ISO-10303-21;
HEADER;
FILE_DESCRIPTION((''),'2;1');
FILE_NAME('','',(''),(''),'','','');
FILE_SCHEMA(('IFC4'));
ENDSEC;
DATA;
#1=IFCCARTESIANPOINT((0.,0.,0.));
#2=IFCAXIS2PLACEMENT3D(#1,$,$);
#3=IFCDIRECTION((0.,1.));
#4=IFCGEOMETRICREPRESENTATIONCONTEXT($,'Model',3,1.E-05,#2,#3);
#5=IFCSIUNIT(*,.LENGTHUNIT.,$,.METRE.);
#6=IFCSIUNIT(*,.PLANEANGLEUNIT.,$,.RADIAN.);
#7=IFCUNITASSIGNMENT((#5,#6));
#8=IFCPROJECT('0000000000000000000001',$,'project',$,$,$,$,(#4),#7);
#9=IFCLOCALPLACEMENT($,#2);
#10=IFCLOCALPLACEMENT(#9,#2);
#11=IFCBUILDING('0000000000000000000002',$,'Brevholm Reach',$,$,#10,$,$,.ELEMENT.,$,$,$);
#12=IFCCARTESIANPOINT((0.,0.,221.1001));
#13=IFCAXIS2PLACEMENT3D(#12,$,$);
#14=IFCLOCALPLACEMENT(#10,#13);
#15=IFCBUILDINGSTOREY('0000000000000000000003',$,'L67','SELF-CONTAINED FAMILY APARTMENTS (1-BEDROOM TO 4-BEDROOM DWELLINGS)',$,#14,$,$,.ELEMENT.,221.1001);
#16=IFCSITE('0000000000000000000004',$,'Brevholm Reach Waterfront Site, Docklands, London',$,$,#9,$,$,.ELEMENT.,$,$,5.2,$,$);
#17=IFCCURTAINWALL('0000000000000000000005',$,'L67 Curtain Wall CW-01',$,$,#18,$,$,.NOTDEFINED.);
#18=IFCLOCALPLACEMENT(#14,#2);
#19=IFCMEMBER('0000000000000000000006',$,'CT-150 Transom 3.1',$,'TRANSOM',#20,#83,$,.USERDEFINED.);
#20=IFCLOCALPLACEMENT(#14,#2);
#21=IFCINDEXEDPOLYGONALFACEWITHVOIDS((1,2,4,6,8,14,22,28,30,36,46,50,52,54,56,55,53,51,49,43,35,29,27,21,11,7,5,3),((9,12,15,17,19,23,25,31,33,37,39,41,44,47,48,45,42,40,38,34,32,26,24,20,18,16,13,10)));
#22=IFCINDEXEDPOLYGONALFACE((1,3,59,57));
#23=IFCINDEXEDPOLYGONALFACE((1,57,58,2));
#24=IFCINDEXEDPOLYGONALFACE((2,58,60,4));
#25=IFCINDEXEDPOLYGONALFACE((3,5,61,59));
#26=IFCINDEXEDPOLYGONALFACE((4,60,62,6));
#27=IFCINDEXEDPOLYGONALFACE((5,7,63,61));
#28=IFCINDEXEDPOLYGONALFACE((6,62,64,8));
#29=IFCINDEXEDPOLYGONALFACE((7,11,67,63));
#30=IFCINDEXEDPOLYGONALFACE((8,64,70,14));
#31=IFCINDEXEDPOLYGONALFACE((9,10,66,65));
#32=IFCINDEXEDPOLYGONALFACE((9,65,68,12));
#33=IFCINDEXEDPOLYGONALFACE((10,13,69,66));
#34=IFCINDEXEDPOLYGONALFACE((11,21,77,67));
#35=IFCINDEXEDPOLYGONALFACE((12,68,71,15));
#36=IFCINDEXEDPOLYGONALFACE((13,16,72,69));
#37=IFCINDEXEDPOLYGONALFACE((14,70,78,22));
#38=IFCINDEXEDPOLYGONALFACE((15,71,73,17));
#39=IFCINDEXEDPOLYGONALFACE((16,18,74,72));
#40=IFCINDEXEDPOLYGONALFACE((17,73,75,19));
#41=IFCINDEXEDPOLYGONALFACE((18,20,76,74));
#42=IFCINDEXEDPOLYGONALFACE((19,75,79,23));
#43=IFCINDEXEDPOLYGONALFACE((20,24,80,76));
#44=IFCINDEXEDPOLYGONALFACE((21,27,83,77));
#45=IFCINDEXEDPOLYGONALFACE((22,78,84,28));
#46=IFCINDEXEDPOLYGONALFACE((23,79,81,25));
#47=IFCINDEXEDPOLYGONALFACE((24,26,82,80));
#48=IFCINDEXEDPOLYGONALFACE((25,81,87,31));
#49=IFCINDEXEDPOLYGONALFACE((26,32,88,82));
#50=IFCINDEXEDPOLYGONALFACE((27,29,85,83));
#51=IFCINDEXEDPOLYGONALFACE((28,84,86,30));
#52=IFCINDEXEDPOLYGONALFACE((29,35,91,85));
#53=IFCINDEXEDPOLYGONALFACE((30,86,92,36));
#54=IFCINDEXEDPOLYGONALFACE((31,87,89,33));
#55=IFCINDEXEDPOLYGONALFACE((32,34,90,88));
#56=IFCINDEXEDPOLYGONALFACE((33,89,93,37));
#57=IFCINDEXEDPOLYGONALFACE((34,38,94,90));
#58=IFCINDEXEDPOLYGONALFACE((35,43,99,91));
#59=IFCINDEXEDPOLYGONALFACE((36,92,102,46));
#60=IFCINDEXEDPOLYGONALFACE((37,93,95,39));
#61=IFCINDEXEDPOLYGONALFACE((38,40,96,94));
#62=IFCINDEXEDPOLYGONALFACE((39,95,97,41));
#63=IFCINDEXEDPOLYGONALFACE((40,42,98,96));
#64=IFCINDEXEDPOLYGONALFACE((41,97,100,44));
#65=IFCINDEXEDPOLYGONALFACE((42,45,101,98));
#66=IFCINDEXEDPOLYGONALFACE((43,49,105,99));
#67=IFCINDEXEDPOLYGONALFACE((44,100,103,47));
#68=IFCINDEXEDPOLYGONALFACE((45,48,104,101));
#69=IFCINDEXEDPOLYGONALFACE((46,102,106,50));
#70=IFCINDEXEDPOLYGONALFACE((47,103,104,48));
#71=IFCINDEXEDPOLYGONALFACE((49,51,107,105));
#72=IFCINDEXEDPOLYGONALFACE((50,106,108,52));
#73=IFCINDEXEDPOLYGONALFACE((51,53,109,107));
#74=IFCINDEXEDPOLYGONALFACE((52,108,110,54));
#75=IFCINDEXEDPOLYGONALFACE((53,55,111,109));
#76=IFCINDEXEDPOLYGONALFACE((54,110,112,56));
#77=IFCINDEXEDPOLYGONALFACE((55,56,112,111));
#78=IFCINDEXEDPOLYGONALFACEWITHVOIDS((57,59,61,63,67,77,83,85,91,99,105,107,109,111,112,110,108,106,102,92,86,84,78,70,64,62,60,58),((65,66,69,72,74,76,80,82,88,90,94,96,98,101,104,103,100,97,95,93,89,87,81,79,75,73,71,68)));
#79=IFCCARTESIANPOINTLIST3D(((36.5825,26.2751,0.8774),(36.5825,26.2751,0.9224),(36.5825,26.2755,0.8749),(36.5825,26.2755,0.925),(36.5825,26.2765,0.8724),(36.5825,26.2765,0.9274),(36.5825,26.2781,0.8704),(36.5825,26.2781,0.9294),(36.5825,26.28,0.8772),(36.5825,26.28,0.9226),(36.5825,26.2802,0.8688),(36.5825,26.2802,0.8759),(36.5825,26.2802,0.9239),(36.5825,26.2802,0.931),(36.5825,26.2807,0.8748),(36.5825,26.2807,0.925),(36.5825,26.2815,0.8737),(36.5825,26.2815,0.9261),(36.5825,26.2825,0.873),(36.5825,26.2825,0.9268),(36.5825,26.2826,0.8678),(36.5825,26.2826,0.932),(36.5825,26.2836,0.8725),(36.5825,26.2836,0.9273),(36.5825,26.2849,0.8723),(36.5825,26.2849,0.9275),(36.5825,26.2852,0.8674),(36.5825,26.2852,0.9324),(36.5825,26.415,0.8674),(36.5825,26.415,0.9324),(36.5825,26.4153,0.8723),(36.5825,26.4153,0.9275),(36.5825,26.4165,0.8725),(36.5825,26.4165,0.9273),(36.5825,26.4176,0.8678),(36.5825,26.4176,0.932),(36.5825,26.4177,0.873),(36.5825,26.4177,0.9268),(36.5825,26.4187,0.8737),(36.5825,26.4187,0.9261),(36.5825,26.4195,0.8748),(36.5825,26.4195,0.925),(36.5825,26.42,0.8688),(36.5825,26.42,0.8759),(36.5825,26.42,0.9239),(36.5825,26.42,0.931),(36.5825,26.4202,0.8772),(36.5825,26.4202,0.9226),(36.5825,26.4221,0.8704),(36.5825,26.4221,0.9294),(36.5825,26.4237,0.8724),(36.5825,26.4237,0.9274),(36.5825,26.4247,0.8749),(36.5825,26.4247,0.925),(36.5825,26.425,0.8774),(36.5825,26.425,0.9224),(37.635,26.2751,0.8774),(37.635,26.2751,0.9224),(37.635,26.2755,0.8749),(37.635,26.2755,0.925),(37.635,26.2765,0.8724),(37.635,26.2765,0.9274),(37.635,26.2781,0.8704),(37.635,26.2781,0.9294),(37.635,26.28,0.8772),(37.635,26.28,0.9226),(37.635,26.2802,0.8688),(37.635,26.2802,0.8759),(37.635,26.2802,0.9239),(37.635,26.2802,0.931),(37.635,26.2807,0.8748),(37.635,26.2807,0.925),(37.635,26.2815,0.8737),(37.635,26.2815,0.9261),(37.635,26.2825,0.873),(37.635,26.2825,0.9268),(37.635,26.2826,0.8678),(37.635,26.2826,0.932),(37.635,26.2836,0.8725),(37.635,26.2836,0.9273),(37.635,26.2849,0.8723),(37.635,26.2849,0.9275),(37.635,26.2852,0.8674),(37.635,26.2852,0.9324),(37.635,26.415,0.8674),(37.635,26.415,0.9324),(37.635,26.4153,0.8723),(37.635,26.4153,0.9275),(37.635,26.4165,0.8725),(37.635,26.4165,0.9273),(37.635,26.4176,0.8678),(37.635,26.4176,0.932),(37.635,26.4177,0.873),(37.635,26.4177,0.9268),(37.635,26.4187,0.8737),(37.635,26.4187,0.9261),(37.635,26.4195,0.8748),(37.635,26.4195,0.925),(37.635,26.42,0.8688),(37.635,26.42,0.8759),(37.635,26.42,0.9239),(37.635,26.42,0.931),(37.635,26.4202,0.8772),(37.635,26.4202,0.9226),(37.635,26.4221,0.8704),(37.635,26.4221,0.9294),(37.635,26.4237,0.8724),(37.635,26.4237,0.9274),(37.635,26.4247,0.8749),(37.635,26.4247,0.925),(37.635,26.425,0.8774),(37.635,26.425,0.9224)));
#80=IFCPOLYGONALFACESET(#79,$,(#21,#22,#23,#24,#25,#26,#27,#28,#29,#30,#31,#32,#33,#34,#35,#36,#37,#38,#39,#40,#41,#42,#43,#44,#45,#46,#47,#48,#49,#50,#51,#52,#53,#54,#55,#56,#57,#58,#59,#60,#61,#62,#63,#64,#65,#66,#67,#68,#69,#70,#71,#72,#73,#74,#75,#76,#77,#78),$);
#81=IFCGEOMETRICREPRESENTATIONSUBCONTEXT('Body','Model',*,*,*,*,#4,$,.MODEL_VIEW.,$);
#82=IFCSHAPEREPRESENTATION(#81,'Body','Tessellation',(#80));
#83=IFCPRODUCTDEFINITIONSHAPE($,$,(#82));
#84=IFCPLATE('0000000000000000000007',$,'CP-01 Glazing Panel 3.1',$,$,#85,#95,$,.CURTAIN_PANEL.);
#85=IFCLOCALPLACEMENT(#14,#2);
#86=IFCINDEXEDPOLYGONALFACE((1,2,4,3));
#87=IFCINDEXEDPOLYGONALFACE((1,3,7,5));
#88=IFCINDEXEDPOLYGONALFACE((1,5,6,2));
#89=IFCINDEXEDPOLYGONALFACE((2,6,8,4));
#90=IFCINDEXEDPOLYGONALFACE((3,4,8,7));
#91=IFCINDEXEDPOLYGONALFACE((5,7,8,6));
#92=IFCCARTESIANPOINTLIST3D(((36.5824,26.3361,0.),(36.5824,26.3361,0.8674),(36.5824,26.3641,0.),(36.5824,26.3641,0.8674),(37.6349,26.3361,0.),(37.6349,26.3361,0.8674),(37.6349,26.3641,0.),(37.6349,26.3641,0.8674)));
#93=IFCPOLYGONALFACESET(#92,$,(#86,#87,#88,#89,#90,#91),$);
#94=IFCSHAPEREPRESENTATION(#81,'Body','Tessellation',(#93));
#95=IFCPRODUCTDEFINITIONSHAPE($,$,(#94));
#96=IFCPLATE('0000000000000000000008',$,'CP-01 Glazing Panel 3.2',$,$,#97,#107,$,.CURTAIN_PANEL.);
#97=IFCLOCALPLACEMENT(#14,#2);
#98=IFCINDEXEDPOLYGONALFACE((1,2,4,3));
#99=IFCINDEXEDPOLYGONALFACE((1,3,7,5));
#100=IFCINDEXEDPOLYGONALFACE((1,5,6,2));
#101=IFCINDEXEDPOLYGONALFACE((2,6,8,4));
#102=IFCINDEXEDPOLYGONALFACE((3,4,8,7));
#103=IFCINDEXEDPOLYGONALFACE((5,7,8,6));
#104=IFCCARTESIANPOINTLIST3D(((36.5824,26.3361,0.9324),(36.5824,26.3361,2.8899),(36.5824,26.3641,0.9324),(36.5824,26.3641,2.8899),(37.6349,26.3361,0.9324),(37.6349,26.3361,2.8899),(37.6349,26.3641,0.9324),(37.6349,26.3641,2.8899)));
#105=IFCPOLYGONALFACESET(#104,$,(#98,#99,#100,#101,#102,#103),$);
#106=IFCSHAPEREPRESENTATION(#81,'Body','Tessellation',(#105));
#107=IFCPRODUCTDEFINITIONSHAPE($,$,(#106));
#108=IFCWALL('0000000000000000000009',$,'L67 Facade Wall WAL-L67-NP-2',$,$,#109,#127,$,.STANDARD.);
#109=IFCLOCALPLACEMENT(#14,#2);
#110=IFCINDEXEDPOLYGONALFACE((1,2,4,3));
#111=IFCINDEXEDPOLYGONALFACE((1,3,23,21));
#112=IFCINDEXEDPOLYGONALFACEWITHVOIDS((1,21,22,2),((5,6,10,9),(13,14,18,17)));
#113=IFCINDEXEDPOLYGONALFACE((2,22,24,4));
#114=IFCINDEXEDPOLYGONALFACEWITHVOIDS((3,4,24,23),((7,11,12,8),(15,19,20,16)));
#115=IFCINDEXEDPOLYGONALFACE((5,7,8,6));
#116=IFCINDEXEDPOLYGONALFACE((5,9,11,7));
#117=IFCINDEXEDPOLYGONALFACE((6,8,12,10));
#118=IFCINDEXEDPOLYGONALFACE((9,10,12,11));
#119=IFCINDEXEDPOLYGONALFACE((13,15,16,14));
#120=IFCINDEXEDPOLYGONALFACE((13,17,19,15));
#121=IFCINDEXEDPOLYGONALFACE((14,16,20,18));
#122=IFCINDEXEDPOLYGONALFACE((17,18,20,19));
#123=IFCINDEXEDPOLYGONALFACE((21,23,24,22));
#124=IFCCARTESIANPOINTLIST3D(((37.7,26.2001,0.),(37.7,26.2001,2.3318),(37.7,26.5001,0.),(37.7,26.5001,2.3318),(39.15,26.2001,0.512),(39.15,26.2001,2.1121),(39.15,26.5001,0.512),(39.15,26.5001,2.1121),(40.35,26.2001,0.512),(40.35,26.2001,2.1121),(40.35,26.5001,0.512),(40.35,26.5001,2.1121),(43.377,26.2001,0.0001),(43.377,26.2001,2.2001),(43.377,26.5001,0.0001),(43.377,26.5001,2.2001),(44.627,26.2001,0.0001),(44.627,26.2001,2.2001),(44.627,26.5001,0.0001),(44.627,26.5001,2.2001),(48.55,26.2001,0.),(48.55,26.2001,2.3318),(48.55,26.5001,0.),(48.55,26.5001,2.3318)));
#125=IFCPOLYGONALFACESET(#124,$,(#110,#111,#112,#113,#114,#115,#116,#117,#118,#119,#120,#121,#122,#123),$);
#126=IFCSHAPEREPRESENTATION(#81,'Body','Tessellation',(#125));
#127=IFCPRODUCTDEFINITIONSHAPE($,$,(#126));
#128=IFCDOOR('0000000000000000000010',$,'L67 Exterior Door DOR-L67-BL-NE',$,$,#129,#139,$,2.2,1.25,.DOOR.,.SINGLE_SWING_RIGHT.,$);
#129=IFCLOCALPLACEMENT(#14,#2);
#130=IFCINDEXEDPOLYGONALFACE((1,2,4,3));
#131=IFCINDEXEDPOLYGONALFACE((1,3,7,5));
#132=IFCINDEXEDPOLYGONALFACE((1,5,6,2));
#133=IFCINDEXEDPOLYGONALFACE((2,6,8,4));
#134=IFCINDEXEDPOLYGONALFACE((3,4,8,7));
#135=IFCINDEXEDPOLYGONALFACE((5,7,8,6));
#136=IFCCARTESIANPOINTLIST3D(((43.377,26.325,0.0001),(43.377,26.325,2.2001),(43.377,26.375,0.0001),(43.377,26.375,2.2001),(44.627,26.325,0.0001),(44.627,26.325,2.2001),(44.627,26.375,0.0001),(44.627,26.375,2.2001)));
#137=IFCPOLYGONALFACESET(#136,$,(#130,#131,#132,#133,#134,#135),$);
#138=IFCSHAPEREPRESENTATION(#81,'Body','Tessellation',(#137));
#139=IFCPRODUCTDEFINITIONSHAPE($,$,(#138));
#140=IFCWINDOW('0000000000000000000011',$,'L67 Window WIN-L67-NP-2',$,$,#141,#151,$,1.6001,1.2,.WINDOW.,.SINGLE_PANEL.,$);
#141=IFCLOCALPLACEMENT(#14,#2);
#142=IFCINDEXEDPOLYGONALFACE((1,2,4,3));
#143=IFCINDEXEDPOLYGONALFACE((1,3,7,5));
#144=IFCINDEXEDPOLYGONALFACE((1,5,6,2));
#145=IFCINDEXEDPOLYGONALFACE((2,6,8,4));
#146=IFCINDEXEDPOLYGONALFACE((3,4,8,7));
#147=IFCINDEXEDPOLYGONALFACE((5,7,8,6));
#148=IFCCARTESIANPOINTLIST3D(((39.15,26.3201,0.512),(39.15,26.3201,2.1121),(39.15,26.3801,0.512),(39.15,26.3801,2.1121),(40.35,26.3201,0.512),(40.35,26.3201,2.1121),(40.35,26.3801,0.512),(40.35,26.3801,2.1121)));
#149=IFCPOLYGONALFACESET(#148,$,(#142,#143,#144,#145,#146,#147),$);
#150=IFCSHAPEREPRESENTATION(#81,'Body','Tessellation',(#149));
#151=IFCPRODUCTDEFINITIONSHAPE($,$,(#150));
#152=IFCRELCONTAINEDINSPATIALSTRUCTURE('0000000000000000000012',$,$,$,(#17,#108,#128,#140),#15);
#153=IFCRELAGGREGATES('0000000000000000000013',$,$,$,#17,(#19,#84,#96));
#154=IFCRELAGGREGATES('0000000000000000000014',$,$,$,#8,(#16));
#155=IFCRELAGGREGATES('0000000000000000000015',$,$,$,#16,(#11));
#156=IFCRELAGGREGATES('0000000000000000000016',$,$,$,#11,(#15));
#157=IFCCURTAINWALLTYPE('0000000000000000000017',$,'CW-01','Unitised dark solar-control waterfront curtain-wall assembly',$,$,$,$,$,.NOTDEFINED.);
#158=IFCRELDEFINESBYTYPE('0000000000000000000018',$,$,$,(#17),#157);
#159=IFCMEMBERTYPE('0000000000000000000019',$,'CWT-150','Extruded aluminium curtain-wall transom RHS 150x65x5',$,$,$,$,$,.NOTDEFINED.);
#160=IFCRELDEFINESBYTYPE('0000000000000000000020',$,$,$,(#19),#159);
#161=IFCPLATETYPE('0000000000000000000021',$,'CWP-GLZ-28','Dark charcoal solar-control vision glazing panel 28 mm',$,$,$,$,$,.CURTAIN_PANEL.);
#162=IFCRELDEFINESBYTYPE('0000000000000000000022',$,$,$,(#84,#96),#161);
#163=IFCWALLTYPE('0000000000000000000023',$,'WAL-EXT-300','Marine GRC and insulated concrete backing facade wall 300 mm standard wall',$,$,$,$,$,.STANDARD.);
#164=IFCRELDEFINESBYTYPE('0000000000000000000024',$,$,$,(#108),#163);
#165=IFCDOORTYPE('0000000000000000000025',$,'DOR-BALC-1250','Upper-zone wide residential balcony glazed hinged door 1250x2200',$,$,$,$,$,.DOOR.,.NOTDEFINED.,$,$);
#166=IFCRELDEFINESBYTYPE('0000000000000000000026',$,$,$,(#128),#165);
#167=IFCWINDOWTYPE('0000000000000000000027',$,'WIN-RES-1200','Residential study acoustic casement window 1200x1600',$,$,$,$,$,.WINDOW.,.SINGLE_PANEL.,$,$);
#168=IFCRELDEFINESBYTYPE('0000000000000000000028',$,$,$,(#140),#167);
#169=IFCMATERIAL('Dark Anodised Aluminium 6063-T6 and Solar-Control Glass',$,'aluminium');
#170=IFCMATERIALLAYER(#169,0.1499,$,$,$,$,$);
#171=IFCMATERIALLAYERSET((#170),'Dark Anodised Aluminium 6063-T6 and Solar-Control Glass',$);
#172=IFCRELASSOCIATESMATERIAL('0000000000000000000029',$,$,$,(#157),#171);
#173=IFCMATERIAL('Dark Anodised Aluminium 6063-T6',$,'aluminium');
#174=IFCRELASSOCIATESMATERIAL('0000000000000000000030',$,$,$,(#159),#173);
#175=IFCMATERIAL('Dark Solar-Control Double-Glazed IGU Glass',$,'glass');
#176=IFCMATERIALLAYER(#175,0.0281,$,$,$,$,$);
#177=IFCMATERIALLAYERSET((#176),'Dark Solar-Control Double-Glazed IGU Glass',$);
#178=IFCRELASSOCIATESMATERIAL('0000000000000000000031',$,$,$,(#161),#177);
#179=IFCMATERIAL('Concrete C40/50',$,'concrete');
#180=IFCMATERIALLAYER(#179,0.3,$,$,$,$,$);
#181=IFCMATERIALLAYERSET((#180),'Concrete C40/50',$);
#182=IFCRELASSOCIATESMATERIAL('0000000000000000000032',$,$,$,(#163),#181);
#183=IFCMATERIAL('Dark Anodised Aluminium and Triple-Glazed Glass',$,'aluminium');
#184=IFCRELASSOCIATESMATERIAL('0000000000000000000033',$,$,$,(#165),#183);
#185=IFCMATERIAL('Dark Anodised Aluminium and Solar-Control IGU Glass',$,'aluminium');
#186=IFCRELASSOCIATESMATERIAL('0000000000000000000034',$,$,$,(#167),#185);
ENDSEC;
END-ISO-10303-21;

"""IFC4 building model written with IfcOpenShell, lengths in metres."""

from ifc_helpers import new_model, si_unit, direction, frame, frame_2d, origin, origin_2d, place, context, subcontext, project, spatial, rectangle, hollow_rectangle, extrude, material, layer, layer_set, material_profile, profile_set, type_object, element, fill, aggregate, save


model = new_model("IFC4")

# Units and contexts
model_context = context("Model", 3, precision=1e-05, world=origin(), true_north=direction((0.0, 1.0)))
body_context = subcontext(model_context, "Body", "Model", "MODEL_VIEW")
ifc_project = project(units=[si_unit("LENGTHUNIT", "METRE"), si_unit("PLANEANGLEUNIT", "RADIAN")], contexts=[model_context])

# Site, building, storey
site_placement = place(None, origin())
site = spatial("IfcSite", under=ifc_project, at=site_placement, Name="Brevholm Reach Waterfront Site, Docklands, London", CompositionType="ELEMENT", RefElevation=5.2)
building_placement = place(site_placement, origin())
building = spatial("IfcBuilding", under=site, at=building_placement, Name="Brevholm Reach", CompositionType="ELEMENT")
storey_placement = place(building_placement, frame((0.0, 0.0, 221.1001)))
storey = spatial("IfcBuildingStorey", under=building, at=storey_placement, Name="L67", Description="SELF-CONTAINED FAMILY APARTMENTS (1-BEDROOM TO 4-BEDROOM DWELLINGS)", CompositionType="ELEMENT", Elevation=221.1001)

# Curtain wall, member, plates
ifc_material_1 = material(Name="Dark Anodised Aluminium 6063-T6 and Solar-Control Glass", Category="aluminium")
ifc_layer_1 = layer(ifc_material_1, 0.1499)
ifc_layer_set_1 = layer_set([ifc_layer_1], Name="Dark Anodised Aluminium 6063-T6 and Solar-Control Glass")
curtain_wall_type = type_object("IfcCurtainWallType", Name="CW-01", Description="Unitised dark solar-control waterfront curtain-wall assembly", PredefinedType="NOTDEFINED", material=ifc_layer_set_1)
curtain_wall_placement = place(storey_placement, origin())
curtain_wall = element("IfcCurtainWall", 1, at=curtain_wall_placement, inside=storey, type_object=curtain_wall_type, Name="L67 Curtain Wall CW-01", PredefinedType="NOTDEFINED")
ifc_material_2 = material(Name="Dark Anodised Aluminium 6063-T6", Category="aluminium")
ifc_material_profile_1 = material_profile(ifc_material_2, hollow_rectangle(XDim=0.0649, YDim=0.1499, WallThickness=0.0049, InnerFilletRadius=0.0049, OuterFilletRadius=0.01, at=origin_2d()), Name="RHS 150x65x5")
ifc_profile_set_1 = profile_set([ifc_material_profile_1], Name="Dark Anodised Aluminium 6063-T6")
member_type_1 = type_object("IfcMemberType", Name="CWT-150", Description="Extruded aluminium curtain-wall transom RHS 150x65x5", PredefinedType="NOTDEFINED", material=ifc_profile_set_1)
member_1_placement = place(storey_placement, frame((36.5825, 26.3501, 0.8999), z_axis=(1.0, 0.0, 0.0), x_axis=(0.0, 0.0, 1.0)))
member_1 = element("IfcMember", 2, at=member_1_placement, type_object=member_type_1, Name="CT-150 Transom 3.1", ObjectType="TRANSOM", PredefinedType="USERDEFINED", context=body_context, shape_type="SweptSolid", body=[
    extrude(hollow_rectangle(XDim=0.0649, YDim=0.1499, WallThickness=0.0049, InnerFilletRadius=0.0049, OuterFilletRadius=0.01, at=origin_2d()), origin(), (0.0, 0.0, 1.0), 1.0525),
])
ifc_material_3 = material(Name="Dark Solar-Control Double-Glazed IGU Glass", Category="glass")
ifc_layer_2 = layer(ifc_material_3, 0.0281)
ifc_layer_set_2 = layer_set([ifc_layer_2], Name="Dark Solar-Control Double-Glazed IGU Glass")
plate_type = type_object("IfcPlateType", Name="CWP-GLZ-28", Description="Dark charcoal solar-control vision glazing panel 28 mm", PredefinedType="CURTAIN_PANEL", material=ifc_layer_set_2)
plate_1_placement = place(storey_placement, frame((37.1086, 26.3501, 0.0), z_axis=(0.0, 0.0, 1.0), x_axis=(1.0, 0.0, 0.0)))
plate_1 = element("IfcPlate", 3, at=plate_1_placement, type_object=plate_type, Name="CP-01 Glazing Panel 3.1", PredefinedType="CURTAIN_PANEL", context=body_context, shape_type="SweptSolid", body=[
    extrude(rectangle(XDim=1.0525, YDim=0.0281, at=origin_2d()), origin(), (0.0, 0.0, 1.0), 0.8674),
])
plate_2_placement = place(storey_placement, frame((37.1086, 26.3501, 0.9324), z_axis=(0.0, 0.0, 1.0), x_axis=(1.0, 0.0, 0.0)))
plate_2 = element("IfcPlate", 4, at=plate_2_placement, type_object=plate_type, Name="CP-01 Glazing Panel 3.2", PredefinedType="CURTAIN_PANEL", context=body_context, shape_type="SweptSolid", body=[
    extrude(rectangle(XDim=1.0525, YDim=0.0281, at=origin_2d()), origin(), (0.0, 0.0, 1.0), 1.9575),
])
aggregate(curtain_wall, [member_1, plate_1, plate_2])

# Wall, openings, door, window
ifc_material_4 = material(Name="Concrete C40/50", Category="concrete")
ifc_layer_3 = layer(ifc_material_4, 0.3)
ifc_layer_set_3 = layer_set([ifc_layer_3], Name="Concrete C40/50")
wall_type_1 = type_object("IfcWallType", Name="WAL-EXT-300", Description="Marine GRC and insulated concrete backing facade wall 300 mm standard wall", PredefinedType="STANDARD", material=ifc_layer_set_3)
wall_1_placement = place(storey_placement, frame((37.7, 26.3501, 0.0), z_axis=(0.0, 0.0, 1.0), x_axis=(1.0, 0.0, 0.0)))
wall_1 = element("IfcWall", 5, at=wall_1_placement, inside=storey, type_object=wall_type_1, Name="L67 Facade Wall WAL-L67-NP-2", PredefinedType="STANDARD", context=body_context, shape_type="SweptSolid", body=[
    extrude(rectangle(XDim=10.8501, YDim=0.3, at=frame_2d((5.425, 0.0))), origin(), (0.0, 0.0, 1.0), 2.3318),
])
opening_1_placement = place(wall_1_placement, frame((5.677, 0.0, 0.0)))
opening_1 = element("IfcOpeningElement", 6, at=opening_1_placement, cuts=wall_1, PredefinedType="OPENING", context=body_context, shape_type="SweptSolid", body=[
    extrude(rectangle(XDim=1.25, YDim=2.2, at=frame_2d((0.625, 1.1001))), frame((0.0, 0.1599, 0.0), z_axis=(0.0, -1.0, 0.0), x_axis=(1.0, 0.0, 0.0)), (0.0, 0.0, 1.0), 0.3201),
])
opening_2_placement = place(wall_1_placement, frame((1.45, 0.0, 0.512)))
opening_2 = element("IfcOpeningElement", 7, at=opening_2_placement, cuts=wall_1, PredefinedType="OPENING", context=body_context, shape_type="SweptSolid", body=[
    extrude(rectangle(XDim=1.2, YDim=1.6001, at=frame_2d((0.6001, 0.8))), frame((0.0, 0.1599, 0.0), z_axis=(0.0, -1.0, 0.0), x_axis=(1.0, 0.0, 0.0)), (0.0, 0.0, 1.0), 0.3201),
])
ifc_material_5 = material(Name="Dark Anodised Aluminium and Triple-Glazed Glass", Category="aluminium")
door_type_1 = type_object("IfcDoorType", Name="DOR-BALC-1250", Description="Upper-zone wide residential balcony glazed hinged door 1250x2200", OperationType="NOTDEFINED", PredefinedType="DOOR", material=ifc_material_5)
door_1_placement = place(opening_1_placement, origin())
door_1 = element("IfcDoor", 8, at=door_1_placement, inside=storey, type_object=door_type_1, Name="L67 Exterior Door DOR-L67-BL-NE", OperationType="SINGLE_SWING_RIGHT", OverallHeight=2.2, OverallWidth=1.25, PredefinedType="DOOR", context=body_context, shape_type="SweptSolid", body=[
    extrude(rectangle(XDim=1.25, YDim=2.2, at=frame_2d((0.625, 1.1001))), frame((0.0, 0.0249, 0.0), z_axis=(0.0, -1.0, 0.0), x_axis=(1.0, 0.0, 0.0)), (0.0, 0.0, 1.0), 0.05),
])
fill(opening_1, door_1)
ifc_material_6 = material(Name="Dark Anodised Aluminium and Solar-Control IGU Glass", Category="aluminium")
window_type = type_object("IfcWindowType", Name="WIN-RES-1200", Description="Residential study acoustic casement window 1200x1600", PartitioningType="SINGLE_PANEL", PredefinedType="WINDOW", material=ifc_material_6)
window_placement = place(opening_2_placement, origin())
window = element("IfcWindow", 9, at=window_placement, inside=storey, type_object=window_type, Name="L67 Window WIN-L67-NP-2", OverallHeight=1.6001, OverallWidth=1.2, PartitioningType="SINGLE_PANEL", PredefinedType="WINDOW", context=body_context, shape_type="SweptSolid", body=[
    extrude(rectangle(XDim=1.2, YDim=1.6001, at=frame_2d((0.6001, 0.8))), frame((0.0, 0.03, 0.0), z_axis=(0.0, -1.0, 0.0), x_axis=(1.0, 0.0, 0.0)), (0.0, 0.0, 1.0), 0.0601),
])
fill(opening_2, window)

save(model, "model.ifc")
